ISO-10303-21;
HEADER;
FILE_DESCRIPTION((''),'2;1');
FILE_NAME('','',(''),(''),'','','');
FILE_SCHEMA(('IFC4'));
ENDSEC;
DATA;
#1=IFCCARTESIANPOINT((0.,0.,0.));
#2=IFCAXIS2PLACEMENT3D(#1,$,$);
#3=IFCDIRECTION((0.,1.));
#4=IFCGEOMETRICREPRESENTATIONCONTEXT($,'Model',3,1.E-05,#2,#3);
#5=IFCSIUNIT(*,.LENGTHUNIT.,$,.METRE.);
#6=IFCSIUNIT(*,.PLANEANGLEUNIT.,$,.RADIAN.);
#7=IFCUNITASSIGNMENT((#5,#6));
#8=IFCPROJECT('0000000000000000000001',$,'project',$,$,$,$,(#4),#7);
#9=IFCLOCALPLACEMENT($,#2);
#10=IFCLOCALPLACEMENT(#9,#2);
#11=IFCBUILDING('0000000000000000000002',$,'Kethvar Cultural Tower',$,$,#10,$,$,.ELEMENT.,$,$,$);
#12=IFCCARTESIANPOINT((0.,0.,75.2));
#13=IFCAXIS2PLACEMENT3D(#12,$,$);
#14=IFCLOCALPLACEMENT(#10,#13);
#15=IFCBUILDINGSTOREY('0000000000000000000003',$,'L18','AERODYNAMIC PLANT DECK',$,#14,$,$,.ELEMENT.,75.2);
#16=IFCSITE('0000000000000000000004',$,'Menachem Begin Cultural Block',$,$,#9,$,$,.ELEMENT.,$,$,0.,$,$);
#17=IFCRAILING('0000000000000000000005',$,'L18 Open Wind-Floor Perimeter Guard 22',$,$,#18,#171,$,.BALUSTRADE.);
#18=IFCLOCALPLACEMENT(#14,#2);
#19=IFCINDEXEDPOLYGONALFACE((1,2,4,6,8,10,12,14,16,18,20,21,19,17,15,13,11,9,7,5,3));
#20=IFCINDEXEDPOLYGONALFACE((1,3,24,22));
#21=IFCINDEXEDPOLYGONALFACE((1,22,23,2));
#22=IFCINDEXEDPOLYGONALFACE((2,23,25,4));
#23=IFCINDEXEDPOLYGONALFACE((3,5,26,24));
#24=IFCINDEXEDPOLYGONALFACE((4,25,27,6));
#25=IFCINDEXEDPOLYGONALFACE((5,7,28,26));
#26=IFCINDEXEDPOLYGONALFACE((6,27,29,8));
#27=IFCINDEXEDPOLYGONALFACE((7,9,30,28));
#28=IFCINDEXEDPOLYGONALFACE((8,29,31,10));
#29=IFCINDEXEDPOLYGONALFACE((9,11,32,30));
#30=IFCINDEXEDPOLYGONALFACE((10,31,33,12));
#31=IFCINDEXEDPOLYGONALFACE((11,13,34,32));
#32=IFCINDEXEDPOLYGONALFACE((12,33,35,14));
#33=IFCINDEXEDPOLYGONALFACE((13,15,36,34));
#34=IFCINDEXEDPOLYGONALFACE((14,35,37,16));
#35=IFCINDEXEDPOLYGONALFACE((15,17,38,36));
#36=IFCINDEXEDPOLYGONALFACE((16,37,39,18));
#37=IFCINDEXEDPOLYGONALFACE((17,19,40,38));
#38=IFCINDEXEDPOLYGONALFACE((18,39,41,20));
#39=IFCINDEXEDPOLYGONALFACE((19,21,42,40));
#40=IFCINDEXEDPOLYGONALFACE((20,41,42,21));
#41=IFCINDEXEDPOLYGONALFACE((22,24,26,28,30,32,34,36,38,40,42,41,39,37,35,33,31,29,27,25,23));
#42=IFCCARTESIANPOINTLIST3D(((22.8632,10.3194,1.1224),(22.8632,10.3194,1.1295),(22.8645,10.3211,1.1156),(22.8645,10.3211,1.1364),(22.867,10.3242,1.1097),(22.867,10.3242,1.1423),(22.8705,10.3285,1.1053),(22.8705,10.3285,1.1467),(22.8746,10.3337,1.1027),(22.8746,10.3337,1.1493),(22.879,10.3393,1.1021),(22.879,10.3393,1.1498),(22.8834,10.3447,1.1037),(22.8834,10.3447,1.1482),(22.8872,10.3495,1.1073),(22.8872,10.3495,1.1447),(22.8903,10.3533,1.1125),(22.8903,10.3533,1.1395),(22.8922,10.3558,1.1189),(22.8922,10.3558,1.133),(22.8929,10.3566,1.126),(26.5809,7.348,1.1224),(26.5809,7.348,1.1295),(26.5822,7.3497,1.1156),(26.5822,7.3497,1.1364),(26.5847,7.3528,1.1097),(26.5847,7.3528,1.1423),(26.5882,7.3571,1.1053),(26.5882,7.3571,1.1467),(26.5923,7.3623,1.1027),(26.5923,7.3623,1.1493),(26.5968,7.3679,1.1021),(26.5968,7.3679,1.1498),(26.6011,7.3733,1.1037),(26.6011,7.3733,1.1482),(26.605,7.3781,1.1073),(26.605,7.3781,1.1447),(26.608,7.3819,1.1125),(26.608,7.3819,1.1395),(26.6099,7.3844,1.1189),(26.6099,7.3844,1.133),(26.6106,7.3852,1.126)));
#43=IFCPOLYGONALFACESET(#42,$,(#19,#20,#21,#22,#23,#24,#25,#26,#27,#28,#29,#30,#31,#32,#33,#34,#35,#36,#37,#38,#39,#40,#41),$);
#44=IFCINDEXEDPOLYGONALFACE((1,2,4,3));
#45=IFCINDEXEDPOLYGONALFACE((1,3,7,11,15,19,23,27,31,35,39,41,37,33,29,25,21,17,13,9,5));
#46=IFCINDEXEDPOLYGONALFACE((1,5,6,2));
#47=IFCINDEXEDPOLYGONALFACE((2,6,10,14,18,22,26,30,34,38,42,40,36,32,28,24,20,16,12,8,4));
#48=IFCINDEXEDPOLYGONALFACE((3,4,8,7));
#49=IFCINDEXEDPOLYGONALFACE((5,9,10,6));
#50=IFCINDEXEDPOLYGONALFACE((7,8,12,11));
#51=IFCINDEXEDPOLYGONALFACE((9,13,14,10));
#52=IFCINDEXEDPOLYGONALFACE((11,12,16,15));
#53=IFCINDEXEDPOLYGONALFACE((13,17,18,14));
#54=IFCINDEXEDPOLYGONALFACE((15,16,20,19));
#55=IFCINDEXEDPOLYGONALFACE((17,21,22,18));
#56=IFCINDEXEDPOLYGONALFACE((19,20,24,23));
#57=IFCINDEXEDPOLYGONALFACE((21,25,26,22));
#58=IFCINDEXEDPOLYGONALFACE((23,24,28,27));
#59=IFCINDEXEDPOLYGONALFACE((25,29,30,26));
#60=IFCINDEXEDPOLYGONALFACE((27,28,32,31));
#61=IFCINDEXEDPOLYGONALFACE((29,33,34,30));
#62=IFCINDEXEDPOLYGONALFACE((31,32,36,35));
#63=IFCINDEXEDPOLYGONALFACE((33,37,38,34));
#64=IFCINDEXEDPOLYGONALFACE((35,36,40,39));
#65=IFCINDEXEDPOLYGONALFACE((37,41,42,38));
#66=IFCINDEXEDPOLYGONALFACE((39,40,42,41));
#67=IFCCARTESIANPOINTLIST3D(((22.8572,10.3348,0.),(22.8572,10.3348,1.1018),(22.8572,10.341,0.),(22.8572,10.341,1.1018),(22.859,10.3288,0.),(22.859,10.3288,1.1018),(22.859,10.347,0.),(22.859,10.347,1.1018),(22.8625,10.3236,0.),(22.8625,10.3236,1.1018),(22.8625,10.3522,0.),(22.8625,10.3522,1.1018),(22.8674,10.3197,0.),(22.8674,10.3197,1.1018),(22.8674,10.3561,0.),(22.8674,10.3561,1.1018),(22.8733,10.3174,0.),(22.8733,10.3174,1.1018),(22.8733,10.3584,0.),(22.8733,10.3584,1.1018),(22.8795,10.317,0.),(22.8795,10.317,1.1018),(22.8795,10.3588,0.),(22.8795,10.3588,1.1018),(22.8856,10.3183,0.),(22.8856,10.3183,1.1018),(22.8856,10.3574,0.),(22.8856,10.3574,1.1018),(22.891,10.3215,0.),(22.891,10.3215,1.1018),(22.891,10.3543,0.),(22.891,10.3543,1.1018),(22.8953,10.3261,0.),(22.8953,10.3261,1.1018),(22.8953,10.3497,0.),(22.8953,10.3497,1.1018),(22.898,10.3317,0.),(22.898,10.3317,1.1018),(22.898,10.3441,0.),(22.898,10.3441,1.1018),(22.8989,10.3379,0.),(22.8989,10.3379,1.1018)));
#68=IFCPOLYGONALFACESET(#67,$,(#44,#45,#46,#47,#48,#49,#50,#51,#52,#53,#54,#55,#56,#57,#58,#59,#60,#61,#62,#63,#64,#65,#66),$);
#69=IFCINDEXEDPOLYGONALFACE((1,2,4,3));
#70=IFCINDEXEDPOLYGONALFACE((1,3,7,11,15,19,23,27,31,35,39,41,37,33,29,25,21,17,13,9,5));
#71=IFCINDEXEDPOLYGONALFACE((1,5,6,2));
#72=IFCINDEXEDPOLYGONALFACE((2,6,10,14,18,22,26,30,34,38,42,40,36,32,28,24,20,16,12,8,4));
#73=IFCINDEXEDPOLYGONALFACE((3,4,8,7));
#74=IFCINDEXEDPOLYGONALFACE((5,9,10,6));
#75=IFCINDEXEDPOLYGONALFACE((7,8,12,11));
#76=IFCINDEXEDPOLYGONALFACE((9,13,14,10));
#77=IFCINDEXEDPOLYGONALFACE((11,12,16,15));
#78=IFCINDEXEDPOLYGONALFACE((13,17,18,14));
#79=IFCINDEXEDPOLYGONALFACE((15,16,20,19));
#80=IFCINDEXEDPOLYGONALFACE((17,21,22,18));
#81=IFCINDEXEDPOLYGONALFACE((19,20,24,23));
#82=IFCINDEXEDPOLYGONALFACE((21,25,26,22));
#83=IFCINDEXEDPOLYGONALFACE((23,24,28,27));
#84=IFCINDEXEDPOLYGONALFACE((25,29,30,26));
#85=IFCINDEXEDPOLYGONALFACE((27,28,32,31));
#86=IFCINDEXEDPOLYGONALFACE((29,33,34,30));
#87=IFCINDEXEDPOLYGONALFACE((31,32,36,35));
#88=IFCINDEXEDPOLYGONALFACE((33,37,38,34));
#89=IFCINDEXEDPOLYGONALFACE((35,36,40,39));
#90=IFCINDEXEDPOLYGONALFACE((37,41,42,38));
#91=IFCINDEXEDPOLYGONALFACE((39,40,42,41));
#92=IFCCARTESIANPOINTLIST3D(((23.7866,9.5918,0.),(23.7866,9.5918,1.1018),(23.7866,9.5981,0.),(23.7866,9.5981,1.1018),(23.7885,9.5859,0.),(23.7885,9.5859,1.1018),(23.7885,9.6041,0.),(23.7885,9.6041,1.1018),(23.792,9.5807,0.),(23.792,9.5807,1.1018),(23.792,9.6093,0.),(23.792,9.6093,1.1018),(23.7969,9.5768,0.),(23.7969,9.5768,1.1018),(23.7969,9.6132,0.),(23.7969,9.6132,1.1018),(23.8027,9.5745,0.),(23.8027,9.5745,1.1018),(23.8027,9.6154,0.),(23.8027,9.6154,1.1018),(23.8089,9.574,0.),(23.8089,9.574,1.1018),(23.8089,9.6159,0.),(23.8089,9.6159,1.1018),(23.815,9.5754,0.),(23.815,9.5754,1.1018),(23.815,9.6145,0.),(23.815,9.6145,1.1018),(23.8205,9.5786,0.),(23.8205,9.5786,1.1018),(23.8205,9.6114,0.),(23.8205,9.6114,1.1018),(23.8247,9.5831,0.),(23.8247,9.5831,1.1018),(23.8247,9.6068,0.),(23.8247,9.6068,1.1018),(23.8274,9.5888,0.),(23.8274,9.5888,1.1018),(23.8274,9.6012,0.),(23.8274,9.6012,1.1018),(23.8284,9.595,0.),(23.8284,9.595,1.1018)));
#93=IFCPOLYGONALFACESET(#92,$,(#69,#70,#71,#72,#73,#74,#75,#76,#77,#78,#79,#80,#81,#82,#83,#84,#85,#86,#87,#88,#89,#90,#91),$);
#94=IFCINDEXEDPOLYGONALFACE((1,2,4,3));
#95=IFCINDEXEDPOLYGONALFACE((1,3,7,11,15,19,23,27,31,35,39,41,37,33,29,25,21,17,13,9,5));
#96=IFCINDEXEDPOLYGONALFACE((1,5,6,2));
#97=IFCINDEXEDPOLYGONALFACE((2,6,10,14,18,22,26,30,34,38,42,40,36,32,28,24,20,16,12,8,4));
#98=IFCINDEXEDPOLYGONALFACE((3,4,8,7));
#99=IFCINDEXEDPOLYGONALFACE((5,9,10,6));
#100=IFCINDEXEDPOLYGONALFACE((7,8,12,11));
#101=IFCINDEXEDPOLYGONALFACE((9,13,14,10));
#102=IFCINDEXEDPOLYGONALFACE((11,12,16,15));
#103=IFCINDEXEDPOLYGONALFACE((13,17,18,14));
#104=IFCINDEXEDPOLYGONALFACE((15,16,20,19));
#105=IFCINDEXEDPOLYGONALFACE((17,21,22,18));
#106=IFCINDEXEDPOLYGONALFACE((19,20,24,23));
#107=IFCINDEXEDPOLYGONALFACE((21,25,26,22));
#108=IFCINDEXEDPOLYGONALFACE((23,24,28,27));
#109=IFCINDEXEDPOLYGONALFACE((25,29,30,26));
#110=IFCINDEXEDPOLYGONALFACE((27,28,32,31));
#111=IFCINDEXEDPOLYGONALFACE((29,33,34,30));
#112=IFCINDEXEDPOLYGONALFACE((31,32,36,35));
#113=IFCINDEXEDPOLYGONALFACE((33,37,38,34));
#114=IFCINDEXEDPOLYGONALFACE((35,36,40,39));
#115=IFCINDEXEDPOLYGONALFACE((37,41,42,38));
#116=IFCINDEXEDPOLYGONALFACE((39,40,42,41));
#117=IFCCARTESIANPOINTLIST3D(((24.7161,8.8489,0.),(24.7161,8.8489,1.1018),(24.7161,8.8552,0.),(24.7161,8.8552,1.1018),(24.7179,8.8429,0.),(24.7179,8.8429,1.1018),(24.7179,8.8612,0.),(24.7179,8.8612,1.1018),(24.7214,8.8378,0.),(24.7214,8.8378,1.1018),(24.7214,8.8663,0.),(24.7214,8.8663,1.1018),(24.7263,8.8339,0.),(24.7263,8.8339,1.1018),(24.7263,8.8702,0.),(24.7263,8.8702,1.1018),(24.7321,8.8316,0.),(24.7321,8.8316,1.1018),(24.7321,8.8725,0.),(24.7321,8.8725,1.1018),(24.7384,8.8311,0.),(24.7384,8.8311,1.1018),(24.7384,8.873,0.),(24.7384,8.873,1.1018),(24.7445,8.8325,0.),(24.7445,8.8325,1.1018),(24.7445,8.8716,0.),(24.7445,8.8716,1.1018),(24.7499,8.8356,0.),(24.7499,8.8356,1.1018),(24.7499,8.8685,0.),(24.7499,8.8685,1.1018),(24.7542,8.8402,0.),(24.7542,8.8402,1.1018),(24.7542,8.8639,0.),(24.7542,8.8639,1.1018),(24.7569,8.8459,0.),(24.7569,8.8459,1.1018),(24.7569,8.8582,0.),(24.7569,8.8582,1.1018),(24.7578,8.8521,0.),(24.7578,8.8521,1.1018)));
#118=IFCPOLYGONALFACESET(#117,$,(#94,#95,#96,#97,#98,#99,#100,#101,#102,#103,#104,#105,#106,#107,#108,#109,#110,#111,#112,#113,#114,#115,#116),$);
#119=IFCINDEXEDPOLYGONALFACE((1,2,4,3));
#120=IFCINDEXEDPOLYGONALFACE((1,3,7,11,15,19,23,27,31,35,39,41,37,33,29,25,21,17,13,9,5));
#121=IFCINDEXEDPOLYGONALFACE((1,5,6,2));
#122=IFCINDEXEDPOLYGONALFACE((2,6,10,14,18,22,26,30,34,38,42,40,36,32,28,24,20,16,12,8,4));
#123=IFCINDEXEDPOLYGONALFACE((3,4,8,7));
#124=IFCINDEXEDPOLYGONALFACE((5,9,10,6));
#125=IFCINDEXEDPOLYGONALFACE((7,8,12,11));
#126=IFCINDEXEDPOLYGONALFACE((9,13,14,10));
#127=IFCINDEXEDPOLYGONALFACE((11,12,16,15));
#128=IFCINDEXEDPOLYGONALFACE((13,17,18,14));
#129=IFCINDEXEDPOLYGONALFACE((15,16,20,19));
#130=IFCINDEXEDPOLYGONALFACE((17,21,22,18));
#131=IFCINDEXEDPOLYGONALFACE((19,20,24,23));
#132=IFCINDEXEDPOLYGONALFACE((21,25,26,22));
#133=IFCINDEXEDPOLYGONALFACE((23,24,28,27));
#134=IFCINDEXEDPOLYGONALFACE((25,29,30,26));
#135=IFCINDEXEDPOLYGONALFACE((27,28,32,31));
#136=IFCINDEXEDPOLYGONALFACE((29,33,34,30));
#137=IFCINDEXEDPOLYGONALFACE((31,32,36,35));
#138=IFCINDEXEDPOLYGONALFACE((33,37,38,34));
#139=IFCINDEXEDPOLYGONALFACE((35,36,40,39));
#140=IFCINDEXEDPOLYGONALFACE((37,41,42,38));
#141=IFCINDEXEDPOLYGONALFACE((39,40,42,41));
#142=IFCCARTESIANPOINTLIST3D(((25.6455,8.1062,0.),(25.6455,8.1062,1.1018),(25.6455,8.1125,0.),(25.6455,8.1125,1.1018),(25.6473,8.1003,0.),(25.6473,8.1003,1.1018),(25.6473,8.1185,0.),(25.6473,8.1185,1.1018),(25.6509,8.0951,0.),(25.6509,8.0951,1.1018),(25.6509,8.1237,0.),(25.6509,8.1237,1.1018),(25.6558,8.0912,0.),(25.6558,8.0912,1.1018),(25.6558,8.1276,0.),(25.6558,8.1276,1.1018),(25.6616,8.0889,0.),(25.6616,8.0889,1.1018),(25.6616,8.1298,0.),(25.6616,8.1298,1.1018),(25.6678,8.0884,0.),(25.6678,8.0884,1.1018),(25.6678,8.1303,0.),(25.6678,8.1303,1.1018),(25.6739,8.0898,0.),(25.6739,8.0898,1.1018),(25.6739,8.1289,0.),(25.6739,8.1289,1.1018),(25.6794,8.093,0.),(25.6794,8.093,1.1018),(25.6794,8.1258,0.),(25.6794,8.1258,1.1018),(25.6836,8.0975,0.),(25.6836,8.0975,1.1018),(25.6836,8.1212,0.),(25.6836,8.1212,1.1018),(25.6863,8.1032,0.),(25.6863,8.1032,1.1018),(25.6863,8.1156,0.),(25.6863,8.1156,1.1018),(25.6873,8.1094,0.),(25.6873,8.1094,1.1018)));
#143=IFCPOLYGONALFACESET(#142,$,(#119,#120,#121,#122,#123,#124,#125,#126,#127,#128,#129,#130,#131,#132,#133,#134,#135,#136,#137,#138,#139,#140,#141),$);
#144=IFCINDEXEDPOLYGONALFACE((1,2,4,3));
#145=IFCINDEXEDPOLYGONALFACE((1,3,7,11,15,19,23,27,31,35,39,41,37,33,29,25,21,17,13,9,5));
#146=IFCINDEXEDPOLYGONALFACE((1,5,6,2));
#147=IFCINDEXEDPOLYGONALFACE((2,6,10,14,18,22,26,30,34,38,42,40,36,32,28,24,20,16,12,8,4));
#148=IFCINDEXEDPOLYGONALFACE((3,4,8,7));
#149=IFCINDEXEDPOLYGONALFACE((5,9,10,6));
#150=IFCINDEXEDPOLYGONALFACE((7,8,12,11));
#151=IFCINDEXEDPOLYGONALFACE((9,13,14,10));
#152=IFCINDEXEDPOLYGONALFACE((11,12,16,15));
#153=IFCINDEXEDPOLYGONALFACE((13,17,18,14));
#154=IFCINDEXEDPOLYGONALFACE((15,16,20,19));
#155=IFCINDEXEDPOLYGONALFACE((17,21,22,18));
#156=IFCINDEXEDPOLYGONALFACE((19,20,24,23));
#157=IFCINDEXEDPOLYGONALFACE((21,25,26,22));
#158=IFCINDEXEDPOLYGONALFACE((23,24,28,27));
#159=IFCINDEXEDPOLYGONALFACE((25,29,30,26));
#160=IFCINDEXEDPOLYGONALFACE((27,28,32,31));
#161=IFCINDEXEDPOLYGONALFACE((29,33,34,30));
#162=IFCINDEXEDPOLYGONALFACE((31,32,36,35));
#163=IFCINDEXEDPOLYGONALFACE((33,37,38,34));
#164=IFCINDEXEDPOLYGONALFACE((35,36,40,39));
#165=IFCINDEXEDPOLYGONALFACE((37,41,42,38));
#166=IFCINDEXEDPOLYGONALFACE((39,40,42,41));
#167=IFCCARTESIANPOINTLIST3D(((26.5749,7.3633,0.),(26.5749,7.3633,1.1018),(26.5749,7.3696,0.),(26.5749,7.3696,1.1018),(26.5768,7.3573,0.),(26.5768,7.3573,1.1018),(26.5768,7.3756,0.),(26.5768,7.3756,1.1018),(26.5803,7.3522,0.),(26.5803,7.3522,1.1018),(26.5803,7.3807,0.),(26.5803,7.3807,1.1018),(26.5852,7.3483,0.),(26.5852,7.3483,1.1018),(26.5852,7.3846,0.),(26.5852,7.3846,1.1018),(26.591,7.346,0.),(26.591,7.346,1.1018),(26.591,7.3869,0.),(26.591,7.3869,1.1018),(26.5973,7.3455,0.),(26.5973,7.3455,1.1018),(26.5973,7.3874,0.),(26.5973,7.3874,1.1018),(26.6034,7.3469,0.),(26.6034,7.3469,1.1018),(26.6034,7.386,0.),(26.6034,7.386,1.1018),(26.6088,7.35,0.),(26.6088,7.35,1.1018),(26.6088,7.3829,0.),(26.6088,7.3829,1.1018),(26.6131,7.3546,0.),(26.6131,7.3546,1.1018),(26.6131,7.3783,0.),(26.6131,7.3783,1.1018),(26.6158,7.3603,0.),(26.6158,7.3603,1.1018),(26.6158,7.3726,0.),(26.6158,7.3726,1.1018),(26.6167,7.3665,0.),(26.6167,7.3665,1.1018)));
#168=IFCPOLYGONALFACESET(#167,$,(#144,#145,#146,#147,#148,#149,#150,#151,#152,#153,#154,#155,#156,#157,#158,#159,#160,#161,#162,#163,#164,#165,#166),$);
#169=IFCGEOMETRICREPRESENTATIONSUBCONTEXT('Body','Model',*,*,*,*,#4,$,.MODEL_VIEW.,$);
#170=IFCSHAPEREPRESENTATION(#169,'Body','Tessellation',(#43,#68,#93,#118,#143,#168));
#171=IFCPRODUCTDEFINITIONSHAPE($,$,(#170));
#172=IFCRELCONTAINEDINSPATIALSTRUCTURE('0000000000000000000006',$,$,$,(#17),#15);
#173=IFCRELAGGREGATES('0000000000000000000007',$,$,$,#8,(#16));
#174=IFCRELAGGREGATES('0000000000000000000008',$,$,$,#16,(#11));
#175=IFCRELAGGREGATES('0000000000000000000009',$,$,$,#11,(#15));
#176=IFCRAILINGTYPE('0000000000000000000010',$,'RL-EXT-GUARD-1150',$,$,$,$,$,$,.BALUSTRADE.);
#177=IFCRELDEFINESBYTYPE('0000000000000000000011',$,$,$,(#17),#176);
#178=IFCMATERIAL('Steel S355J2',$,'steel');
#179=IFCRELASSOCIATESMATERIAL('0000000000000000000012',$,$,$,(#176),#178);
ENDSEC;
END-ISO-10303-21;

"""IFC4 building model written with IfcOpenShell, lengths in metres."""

from ifc_helpers import new_model, si_unit, direction, frame, origin, origin_2d, place, context, subcontext, project, spatial, circle, extrude, material, type_object, element, save


model = new_model("IFC4")

# Units and contexts
model_context = context("Model", 3, precision=1e-05, world=origin(), true_north=direction((0.0, 1.0)))
body_context = subcontext(model_context, "Body", "Model", "MODEL_VIEW")
ifc_project = project(units=[si_unit("LENGTHUNIT", "METRE"), si_unit("PLANEANGLEUNIT", "RADIAN")], contexts=[model_context])

# Site, building, storey
site_placement = place(None, origin())
site = spatial("IfcSite", under=ifc_project, at=site_placement, Name="Menachem Begin Cultural Block", CompositionType="ELEMENT", RefElevation=0.0)
building_placement = place(site_placement, origin())
building = spatial("IfcBuilding", under=site, at=building_placement, Name="Kethvar Cultural Tower", CompositionType="ELEMENT")
storey_placement = place(building_placement, frame((0.0, 0.0, 75.2)))
storey = spatial("IfcBuildingStorey", under=building, at=storey_placement, Name="L18", Description="AERODYNAMIC PLANT DECK", CompositionType="ELEMENT", Elevation=75.2)

# Shared definitions
ifc_material_1 = material(Name="Steel S355J2", Category="steel")

# Railing
railing_type = type_object("IfcRailingType", Name="RL-EXT-GUARD-1150", PredefinedType="BALUSTRADE", material=ifc_material_1)
railing_1_placement = place(storey_placement, frame((22.8779, 10.3379, 0.0)))
element("IfcRailing", 1, at=railing_1_placement, inside=storey, type_object=railing_type, Name="L18 Open Wind-Floor Perimeter Guard 22", PredefinedType="BALUSTRADE", context=body_context, shape_type="SweptSolid", body=[
    extrude(circle(Radius=0.0239, at=origin_2d()), frame((0.0, 0.0, 1.126), z_axis=(0.781154, -0.624338, 0.0), x_axis=(0.624338, 0.781154, 0.0)), (0.0, 0.0, 1.0), 4.7593),
    extrude(circle(Radius=0.021, at=origin_2d()), origin(), (0.0, 0.0, 1.0), 1.1018),
    extrude(circle(Radius=0.021, at=origin_2d()), frame((0.9294, -0.7429, 0.0)), (0.0, 0.0, 1.0), 1.1018),
    extrude(circle(Radius=0.021, at=origin_2d()), frame((1.8589, -1.4858, 0.0)), (0.0, 0.0, 1.0), 1.1018),
    extrude(circle(Radius=0.021, at=origin_2d()), frame((2.7883, -2.2285, 0.0)), (0.0, 0.0, 1.0), 1.1018),
    extrude(circle(Radius=0.021, at=origin_2d()), frame((3.7178, -2.9714, 0.0)), (0.0, 0.0, 1.0), 1.1018),
])

save(model, "model.ifc")
